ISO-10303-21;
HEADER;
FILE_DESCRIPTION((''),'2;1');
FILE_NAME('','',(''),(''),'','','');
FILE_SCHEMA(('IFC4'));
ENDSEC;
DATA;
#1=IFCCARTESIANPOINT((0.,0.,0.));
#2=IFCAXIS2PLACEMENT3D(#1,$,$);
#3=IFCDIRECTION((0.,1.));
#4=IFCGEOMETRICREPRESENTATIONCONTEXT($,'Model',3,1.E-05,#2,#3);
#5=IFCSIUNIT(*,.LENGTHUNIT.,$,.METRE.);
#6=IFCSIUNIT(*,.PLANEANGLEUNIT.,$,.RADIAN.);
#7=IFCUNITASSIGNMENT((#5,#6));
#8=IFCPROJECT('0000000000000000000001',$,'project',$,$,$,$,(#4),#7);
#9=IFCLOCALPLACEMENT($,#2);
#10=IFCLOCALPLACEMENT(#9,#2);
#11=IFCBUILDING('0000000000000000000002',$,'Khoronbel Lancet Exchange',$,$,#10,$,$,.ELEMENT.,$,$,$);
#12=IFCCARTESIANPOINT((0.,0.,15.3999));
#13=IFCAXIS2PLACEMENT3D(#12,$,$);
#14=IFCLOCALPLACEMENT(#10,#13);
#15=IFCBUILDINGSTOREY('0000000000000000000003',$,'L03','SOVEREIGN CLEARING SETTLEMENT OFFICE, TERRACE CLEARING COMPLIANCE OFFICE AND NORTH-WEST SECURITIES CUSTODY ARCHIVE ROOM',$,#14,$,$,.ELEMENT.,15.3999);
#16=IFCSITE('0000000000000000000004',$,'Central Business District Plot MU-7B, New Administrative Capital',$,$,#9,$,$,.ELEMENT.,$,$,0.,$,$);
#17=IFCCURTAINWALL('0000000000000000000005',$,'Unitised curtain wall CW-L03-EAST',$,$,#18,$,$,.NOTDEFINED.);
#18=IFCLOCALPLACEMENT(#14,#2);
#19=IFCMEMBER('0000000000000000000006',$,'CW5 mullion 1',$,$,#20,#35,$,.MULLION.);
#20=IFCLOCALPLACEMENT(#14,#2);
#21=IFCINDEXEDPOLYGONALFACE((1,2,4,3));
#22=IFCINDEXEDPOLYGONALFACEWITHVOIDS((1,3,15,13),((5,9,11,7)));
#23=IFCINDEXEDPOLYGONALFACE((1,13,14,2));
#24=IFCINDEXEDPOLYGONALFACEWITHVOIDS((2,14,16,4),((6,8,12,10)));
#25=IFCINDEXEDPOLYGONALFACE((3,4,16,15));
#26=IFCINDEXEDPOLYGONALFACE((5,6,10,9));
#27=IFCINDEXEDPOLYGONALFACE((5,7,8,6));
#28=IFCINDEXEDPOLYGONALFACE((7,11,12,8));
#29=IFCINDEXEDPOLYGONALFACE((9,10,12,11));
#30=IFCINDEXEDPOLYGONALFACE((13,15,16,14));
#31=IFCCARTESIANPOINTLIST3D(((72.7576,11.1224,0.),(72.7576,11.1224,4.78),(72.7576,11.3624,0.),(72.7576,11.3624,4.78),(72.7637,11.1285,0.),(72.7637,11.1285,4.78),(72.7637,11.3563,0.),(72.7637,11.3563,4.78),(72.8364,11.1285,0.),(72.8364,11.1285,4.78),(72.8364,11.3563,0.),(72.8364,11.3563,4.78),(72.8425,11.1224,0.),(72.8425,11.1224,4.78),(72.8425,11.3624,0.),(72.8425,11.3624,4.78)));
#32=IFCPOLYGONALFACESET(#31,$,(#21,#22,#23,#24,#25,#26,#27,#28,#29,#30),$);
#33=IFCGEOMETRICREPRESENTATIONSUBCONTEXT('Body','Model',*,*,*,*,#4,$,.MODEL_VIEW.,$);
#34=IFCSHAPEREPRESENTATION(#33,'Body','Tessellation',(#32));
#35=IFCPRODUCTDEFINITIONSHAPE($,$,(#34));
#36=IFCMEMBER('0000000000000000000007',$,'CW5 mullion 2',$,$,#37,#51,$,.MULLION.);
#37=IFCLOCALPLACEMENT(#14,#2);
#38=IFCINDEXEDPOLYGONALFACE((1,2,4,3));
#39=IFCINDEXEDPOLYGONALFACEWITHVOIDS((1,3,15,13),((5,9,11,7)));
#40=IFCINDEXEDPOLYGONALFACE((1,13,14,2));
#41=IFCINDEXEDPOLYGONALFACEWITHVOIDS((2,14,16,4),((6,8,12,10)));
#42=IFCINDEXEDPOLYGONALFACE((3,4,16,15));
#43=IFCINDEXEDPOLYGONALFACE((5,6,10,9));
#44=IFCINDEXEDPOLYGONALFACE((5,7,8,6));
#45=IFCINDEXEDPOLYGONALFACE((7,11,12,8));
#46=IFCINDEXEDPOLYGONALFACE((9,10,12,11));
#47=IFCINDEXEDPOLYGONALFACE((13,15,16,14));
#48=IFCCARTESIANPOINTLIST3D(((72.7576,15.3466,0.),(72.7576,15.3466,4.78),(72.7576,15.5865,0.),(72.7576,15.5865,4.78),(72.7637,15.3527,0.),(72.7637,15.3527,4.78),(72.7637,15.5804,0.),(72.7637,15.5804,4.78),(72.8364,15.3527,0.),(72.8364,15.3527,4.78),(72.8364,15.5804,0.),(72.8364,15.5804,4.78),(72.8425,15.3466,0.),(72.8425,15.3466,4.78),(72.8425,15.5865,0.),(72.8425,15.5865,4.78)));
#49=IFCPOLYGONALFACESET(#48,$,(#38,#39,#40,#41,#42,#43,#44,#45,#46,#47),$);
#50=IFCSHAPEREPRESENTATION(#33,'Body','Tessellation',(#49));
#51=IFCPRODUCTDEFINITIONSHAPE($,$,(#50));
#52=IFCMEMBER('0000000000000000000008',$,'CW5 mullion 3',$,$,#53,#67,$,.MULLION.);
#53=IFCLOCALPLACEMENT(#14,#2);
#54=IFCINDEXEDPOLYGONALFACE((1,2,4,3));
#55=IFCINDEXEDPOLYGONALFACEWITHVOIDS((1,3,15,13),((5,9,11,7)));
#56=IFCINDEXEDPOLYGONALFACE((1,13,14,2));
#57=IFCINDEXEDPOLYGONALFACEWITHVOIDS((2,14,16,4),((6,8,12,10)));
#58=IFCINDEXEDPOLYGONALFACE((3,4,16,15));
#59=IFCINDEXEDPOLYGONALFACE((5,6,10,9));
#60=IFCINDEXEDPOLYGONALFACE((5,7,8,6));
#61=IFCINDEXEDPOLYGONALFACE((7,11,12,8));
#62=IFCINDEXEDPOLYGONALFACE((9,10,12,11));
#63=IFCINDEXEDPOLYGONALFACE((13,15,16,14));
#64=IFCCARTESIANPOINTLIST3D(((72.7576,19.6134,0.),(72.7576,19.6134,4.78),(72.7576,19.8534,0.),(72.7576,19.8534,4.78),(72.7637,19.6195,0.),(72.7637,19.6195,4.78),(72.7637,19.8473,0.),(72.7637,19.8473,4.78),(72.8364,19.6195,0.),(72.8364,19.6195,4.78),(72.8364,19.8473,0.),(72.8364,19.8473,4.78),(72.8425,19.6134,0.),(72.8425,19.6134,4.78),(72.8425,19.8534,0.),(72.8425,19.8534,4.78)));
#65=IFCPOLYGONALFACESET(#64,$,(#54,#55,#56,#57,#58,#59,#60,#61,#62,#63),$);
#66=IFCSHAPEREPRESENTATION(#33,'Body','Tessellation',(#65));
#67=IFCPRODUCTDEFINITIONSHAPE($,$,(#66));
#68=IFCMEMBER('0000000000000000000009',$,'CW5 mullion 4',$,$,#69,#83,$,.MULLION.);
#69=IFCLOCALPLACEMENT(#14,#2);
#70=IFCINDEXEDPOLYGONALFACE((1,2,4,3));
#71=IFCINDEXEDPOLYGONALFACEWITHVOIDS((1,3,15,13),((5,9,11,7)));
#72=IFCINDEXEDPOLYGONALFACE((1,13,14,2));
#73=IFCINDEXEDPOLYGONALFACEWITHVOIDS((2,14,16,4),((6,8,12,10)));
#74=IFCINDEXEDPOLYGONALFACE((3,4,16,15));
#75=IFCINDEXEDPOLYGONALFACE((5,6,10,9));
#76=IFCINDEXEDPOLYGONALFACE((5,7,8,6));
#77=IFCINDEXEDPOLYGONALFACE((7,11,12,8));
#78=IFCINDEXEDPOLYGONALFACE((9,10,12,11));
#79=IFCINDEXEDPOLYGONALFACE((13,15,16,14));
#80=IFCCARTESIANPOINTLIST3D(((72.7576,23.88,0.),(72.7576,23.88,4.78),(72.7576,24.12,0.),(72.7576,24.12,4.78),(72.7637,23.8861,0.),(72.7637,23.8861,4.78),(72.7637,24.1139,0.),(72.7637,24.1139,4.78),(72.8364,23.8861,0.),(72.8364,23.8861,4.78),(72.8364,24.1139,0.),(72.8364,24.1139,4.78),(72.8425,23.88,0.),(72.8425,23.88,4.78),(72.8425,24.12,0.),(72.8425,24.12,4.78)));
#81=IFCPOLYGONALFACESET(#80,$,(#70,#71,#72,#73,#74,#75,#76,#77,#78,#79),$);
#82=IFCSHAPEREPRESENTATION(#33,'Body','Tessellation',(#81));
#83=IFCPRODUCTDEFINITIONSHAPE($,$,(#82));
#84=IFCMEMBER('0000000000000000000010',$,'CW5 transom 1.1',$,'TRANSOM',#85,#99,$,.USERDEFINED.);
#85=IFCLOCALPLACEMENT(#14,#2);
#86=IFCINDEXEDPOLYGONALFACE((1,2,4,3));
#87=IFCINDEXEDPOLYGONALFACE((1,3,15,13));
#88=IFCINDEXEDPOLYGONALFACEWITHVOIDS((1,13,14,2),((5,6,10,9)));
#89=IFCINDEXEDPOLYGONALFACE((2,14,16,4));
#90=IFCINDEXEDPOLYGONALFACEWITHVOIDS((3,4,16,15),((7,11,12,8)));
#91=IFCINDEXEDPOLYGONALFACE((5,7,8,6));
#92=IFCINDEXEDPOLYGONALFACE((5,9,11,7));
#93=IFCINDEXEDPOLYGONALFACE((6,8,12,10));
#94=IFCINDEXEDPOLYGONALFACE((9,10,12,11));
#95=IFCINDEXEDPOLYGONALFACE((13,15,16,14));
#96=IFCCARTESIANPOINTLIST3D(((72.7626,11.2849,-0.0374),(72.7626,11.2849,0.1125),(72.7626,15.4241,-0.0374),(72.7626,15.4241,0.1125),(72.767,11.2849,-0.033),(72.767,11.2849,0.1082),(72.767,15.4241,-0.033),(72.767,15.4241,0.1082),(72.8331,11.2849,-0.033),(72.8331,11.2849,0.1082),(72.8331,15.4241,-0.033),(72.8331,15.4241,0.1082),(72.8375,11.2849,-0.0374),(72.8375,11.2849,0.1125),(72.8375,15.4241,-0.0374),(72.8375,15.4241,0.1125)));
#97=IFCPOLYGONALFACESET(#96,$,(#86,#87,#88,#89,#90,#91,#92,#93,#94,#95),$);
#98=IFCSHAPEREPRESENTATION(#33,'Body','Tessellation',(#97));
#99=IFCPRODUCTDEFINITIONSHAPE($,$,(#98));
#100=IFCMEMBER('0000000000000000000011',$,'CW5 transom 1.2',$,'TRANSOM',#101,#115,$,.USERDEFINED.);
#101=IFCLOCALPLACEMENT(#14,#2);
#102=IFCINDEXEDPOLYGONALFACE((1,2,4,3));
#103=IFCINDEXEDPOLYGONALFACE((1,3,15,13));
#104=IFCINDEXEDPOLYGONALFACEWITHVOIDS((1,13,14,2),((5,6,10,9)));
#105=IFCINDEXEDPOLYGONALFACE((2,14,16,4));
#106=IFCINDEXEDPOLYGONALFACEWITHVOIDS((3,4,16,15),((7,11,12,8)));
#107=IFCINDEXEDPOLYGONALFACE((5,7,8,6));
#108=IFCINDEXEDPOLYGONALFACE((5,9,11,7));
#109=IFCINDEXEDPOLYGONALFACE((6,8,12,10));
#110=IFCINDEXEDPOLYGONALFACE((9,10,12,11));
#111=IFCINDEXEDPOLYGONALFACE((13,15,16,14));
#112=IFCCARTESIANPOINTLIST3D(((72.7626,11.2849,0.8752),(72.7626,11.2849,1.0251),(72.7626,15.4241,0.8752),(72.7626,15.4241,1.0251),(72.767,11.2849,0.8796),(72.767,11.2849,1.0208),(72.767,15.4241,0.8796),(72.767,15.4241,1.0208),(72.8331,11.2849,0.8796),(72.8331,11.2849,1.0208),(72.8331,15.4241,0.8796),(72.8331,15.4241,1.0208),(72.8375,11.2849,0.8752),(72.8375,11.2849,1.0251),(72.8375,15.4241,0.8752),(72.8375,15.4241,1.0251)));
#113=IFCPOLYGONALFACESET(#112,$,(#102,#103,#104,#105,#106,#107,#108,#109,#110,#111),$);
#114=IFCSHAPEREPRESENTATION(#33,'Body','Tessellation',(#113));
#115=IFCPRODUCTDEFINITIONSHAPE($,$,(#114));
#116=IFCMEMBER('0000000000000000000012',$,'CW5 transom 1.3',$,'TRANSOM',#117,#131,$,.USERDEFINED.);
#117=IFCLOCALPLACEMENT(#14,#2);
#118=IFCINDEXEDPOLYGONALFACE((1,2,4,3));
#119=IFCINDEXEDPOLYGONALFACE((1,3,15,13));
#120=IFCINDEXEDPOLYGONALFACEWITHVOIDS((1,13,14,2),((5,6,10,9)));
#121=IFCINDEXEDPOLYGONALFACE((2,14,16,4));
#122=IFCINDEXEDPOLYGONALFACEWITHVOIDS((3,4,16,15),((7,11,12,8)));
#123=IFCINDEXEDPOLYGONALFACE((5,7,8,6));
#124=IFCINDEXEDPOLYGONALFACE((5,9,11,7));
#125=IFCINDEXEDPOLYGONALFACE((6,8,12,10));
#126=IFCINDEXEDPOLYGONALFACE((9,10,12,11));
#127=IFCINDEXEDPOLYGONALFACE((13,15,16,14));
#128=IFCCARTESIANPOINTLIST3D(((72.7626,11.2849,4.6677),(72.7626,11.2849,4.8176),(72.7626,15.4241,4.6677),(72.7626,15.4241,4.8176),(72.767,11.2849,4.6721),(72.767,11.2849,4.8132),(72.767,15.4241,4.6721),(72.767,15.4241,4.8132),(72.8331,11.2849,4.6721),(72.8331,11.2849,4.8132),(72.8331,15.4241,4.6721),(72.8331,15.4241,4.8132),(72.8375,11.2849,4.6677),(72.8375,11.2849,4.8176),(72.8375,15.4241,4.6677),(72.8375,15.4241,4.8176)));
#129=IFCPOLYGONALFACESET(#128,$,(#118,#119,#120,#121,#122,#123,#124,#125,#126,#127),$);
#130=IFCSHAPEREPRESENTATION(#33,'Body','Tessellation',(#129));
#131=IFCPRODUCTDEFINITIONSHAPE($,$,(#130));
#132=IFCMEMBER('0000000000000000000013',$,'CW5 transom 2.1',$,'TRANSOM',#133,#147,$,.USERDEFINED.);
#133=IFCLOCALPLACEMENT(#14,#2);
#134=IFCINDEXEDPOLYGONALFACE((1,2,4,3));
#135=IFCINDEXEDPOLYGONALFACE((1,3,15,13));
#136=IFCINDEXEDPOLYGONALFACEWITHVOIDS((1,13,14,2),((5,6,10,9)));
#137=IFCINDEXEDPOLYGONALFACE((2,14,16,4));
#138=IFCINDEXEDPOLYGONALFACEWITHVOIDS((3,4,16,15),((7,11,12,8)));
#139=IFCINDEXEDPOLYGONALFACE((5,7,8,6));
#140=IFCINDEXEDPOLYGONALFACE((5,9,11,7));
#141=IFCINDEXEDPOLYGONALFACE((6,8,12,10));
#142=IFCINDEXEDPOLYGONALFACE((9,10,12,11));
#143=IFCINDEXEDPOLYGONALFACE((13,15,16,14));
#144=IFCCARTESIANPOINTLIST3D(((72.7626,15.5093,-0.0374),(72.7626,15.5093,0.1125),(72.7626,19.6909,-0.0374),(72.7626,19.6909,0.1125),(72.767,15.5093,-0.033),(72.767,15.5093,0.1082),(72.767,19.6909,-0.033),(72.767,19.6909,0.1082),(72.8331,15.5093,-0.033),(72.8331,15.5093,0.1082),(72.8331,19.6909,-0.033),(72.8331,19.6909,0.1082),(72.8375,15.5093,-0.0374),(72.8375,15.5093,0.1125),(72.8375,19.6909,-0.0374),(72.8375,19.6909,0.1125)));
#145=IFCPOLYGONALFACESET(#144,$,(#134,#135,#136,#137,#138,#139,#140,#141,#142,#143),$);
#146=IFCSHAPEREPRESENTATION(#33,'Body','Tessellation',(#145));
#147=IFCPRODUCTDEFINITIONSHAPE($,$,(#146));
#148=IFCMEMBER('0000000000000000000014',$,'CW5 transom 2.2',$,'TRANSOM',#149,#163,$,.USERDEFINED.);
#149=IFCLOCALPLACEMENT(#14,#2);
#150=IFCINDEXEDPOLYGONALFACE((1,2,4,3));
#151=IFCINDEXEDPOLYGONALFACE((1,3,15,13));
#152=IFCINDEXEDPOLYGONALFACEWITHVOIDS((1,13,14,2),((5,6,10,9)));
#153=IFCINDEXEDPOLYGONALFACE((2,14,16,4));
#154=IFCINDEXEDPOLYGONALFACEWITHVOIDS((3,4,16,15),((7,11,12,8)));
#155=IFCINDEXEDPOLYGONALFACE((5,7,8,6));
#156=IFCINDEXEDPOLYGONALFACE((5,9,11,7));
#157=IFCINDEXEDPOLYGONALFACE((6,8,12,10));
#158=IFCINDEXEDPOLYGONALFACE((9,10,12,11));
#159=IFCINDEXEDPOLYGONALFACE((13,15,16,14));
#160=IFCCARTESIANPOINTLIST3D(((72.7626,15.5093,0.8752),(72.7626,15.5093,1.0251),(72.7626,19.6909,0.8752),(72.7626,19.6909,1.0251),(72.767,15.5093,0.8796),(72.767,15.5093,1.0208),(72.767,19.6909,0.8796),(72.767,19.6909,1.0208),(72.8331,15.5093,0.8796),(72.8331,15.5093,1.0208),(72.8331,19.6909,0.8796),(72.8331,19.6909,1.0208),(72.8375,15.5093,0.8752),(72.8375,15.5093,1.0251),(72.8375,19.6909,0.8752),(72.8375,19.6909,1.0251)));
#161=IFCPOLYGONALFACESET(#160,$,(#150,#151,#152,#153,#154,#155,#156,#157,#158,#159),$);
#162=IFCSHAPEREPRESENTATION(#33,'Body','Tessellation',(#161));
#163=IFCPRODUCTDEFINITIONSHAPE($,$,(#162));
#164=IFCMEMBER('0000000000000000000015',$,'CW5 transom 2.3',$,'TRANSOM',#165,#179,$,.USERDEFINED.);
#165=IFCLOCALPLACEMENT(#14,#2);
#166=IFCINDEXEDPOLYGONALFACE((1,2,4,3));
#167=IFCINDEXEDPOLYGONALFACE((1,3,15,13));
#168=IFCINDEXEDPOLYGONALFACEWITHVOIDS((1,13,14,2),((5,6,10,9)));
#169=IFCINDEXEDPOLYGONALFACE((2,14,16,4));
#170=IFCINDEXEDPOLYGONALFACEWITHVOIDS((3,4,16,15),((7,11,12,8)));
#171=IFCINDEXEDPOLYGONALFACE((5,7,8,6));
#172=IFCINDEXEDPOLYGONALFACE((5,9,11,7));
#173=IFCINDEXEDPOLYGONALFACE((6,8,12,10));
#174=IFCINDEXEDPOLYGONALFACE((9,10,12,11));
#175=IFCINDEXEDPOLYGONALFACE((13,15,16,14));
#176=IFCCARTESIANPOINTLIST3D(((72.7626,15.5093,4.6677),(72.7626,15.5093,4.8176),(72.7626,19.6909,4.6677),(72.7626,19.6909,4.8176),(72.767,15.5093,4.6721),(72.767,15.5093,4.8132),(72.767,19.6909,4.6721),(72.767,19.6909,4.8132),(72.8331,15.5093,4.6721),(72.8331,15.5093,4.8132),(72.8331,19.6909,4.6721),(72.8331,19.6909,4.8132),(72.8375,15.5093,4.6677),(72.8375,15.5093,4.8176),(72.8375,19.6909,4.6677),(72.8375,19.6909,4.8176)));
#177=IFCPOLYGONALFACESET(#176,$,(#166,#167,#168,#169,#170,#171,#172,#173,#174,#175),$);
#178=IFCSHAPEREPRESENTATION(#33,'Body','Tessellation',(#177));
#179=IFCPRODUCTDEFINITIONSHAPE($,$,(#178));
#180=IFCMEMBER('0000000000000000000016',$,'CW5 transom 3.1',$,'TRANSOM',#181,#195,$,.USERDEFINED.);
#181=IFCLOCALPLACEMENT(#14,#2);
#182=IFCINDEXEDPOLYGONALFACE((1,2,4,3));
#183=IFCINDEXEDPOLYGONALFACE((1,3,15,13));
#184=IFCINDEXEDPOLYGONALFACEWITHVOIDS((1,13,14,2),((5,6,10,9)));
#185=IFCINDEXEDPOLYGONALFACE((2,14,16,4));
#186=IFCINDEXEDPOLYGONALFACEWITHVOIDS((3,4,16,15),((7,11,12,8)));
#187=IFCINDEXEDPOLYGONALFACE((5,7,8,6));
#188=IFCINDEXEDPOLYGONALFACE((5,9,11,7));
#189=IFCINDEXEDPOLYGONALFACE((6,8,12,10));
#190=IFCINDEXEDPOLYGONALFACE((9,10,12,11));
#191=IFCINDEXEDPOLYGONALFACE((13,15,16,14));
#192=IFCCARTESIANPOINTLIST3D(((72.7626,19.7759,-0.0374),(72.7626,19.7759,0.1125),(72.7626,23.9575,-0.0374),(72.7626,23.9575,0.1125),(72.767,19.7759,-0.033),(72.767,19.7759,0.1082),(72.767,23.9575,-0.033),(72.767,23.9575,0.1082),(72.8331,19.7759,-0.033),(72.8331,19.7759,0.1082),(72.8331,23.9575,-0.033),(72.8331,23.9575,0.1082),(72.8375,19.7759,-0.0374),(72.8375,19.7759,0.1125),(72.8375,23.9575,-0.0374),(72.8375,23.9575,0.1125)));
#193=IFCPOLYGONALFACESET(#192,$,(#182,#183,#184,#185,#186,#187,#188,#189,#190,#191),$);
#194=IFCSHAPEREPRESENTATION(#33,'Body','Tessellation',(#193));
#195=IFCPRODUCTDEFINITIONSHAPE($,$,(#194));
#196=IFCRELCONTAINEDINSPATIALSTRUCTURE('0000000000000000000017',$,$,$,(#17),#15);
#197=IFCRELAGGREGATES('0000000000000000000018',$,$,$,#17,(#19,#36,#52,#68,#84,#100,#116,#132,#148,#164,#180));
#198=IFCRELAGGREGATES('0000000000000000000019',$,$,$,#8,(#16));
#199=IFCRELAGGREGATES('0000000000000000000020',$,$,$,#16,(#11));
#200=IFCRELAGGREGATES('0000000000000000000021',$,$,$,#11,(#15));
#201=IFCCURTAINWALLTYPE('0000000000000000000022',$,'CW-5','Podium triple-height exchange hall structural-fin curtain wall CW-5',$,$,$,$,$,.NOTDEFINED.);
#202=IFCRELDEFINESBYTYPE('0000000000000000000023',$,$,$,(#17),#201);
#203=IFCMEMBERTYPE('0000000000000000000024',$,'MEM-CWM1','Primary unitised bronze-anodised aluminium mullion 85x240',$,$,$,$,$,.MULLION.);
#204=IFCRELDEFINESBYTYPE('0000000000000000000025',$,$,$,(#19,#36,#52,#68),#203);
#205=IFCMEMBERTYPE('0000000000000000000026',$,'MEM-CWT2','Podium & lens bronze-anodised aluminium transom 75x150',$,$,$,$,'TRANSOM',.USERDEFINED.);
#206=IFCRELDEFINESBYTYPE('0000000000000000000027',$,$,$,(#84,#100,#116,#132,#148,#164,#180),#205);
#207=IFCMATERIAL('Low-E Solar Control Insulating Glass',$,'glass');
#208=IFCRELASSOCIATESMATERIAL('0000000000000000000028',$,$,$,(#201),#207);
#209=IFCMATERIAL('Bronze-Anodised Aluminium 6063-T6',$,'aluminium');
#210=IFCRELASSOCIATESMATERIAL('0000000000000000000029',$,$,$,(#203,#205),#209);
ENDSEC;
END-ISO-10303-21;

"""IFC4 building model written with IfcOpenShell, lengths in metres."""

from ifc_helpers import new_model, si_unit, direction, frame, origin, origin_2d, place, context, subcontext, project, spatial, hollow_rectangle, extrude, material, material_profile, profile_set, type_object, element, aggregate, save


model = new_model("IFC4")

# Units and contexts
model_context = context("Model", 3, precision=1e-05, world=origin(), true_north=direction((0.0, 1.0)))
body_context = subcontext(model_context, "Body", "Model", "MODEL_VIEW")
ifc_project = project(units=[si_unit("LENGTHUNIT", "METRE"), si_unit("PLANEANGLEUNIT", "RADIAN")], contexts=[model_context])

# Site, building, storey
site_placement = place(None, origin())
site = spatial("IfcSite", under=ifc_project, at=site_placement, Name="Central Business District Plot MU-7B, New Administrative Capital", CompositionType="ELEMENT", RefElevation=0.0)
building_placement = place(site_placement, origin())
building = spatial("IfcBuilding", under=site, at=building_placement, Name="Khoronbel Lancet Exchange", CompositionType="ELEMENT")
storey_placement = place(building_placement, frame((0.0, 0.0, 15.3999)))
storey = spatial("IfcBuildingStorey", under=building, at=storey_placement, Name="L03", Description="SOVEREIGN CLEARING SETTLEMENT OFFICE, TERRACE CLEARING COMPLIANCE OFFICE AND NORTH-WEST SECURITIES CUSTODY ARCHIVE ROOM", CompositionType="ELEMENT", Elevation=15.3999)

# Curtain wall, members
ifc_material_1 = material(Name="Low-E Solar Control Insulating Glass", Category="glass")
curtain_wall_type = type_object("IfcCurtainWallType", Name="CW-5", Description="Podium triple-height exchange hall structural-fin curtain wall CW-5", PredefinedType="NOTDEFINED", material=ifc_material_1)
curtain_wall_placement = place(storey_placement, origin())
curtain_wall = element("IfcCurtainWall", 1, at=curtain_wall_placement, inside=storey, type_object=curtain_wall_type, Name="Unitised curtain wall CW-L03-EAST", PredefinedType="NOTDEFINED")
ifc_material_2 = material(Name="Bronze-Anodised Aluminium 6063-T6", Category="aluminium")
ifc_material_profile_1 = material_profile(ifc_material_2, hollow_rectangle(XDim=0.085, YDim=0.24, WallThickness=0.0061, at=origin_2d()), Name="ALU MULLION 85x240")
ifc_profile_set_1 = profile_set([ifc_material_profile_1], Name="Bronze-Anodised Aluminium 6063-T6")
member_type_1 = type_object("IfcMemberType", Name="MEM-CWM1", Description="Primary unitised bronze-anodised aluminium mullion 85x240", PredefinedType="MULLION", material=ifc_profile_set_1)
member_1_placement = place(storey_placement, frame((72.8, 11.2424, 0.0), z_axis=(0.0, 0.0, 1.0), x_axis=(-1.0, 0.0, 0.0)))
member_1 = element("IfcMember", 2, at=member_1_placement, type_object=member_type_1, Name="CW5 mullion 1", PredefinedType="MULLION", context=body_context, shape_type="SweptSolid", body=[
    extrude(hollow_rectangle(XDim=0.085, YDim=0.24, WallThickness=0.0061, at=origin_2d()), origin(), (0.0, 0.0, 1.0), 4.78),
])
member_2_placement = place(storey_placement, frame((72.8, 15.4666, 0.0), z_axis=(0.0, 0.0, 1.0), x_axis=(-1.0, 0.0, 0.0)))
member_2 = element("IfcMember", 3, at=member_2_placement, type_object=member_type_1, Name="CW5 mullion 2", PredefinedType="MULLION", context=body_context, shape_type="SweptSolid", body=[
    extrude(hollow_rectangle(XDim=0.085, YDim=0.24, WallThickness=0.0061, at=origin_2d()), origin(), (0.0, 0.0, 1.0), 4.78),
])
member_3_placement = place(storey_placement, frame((72.8, 19.7334, 0.0), z_axis=(0.0, 0.0, 1.0), x_axis=(-1.0, 0.0, 0.0)))
member_3 = element("IfcMember", 4, at=member_3_placement, type_object=member_type_1, Name="CW5 mullion 3", PredefinedType="MULLION", context=body_context, shape_type="SweptSolid", body=[
    extrude(hollow_rectangle(XDim=0.085, YDim=0.24, WallThickness=0.0061, at=origin_2d()), origin(), (0.0, 0.0, 1.0), 4.78),
])
member_4_placement = place(storey_placement, frame((72.8, 24.0, 0.0), z_axis=(0.0, 0.0, 1.0), x_axis=(-1.0, 0.0, 0.0)))
member_4 = element("IfcMember", 5, at=member_4_placement, type_object=member_type_1, Name="CW5 mullion 4", PredefinedType="MULLION", context=body_context, shape_type="SweptSolid", body=[
    extrude(hollow_rectangle(XDim=0.085, YDim=0.24, WallThickness=0.0061, at=origin_2d()), origin(), (0.0, 0.0, 1.0), 4.78),
])
ifc_material_profile_2 = material_profile(ifc_material_2, hollow_rectangle(XDim=0.075, YDim=0.1499, WallThickness=0.0044, at=origin_2d()), Name="ALU TRANSOM 75x150")
ifc_profile_set_2 = profile_set([ifc_material_profile_2], Name="Bronze-Anodised Aluminium 6063-T6")
member_type_2 = type_object("IfcMemberType", Name="MEM-CWT2", Description="Podium & lens bronze-anodised aluminium transom 75x150", ElementType="TRANSOM", PredefinedType="USERDEFINED", material=ifc_profile_set_2)
member_5_placement = place(storey_placement, frame((72.8, 11.2849, 0.0376), z_axis=(0.0, 1.0, 0.0), x_axis=(-1.0, 0.0, 0.0)))
member_5 = element("IfcMember", 6, at=member_5_placement, type_object=member_type_2, Name="CW5 transom 1.1", ObjectType="TRANSOM", PredefinedType="USERDEFINED", context=body_context, shape_type="SweptSolid", body=[
    extrude(hollow_rectangle(XDim=0.075, YDim=0.1499, WallThickness=0.0044, at=origin_2d()), origin(), (0.0, 0.0, 1.0), 4.1392),
])
member_6_placement = place(storey_placement, frame((72.8, 11.2849, 0.9502), z_axis=(0.0, 1.0, 0.0), x_axis=(-1.0, 0.0, 0.0)))
member_6 = element("IfcMember", 7, at=member_6_placement, type_object=member_type_2, Name="CW5 transom 1.2", ObjectType="TRANSOM", PredefinedType="USERDEFINED", context=body_context, shape_type="SweptSolid", body=[
    extrude(hollow_rectangle(XDim=0.075, YDim=0.1499, WallThickness=0.0044, at=origin_2d()), origin(), (0.0, 0.0, 1.0), 4.1392),
])
member_7_placement = place(storey_placement, frame((72.8, 11.2849, 4.7427), z_axis=(0.0, 1.0, 0.0), x_axis=(-1.0, 0.0, 0.0)))
member_7 = element("IfcMember", 8, at=member_7_placement, type_object=member_type_2, Name="CW5 transom 1.3", ObjectType="TRANSOM", PredefinedType="USERDEFINED", context=body_context, shape_type="SweptSolid", body=[
    extrude(hollow_rectangle(XDim=0.075, YDim=0.1499, WallThickness=0.0044, at=origin_2d()), origin(), (0.0, 0.0, 1.0), 4.1392),
])
member_8_placement = place(storey_placement, frame((72.8, 15.5093, 0.0376), z_axis=(0.0, 1.0, 0.0), x_axis=(-1.0, 0.0, 0.0)))
member_8 = element("IfcMember", 9, at=member_8_placement, type_object=member_type_2, Name="CW5 transom 2.1", ObjectType="TRANSOM", PredefinedType="USERDEFINED", context=body_context, shape_type="SweptSolid", body=[
    extrude(hollow_rectangle(XDim=0.075, YDim=0.1499, WallThickness=0.0044, at=origin_2d()), origin(), (0.0, 0.0, 1.0), 4.1816),
])
member_9_placement = place(storey_placement, frame((72.8, 15.5093, 0.9502), z_axis=(0.0, 1.0, 0.0), x_axis=(-1.0, 0.0, 0.0)))
member_9 = element("IfcMember", 10, at=member_9_placement, type_object=member_type_2, Name="CW5 transom 2.2", ObjectType="TRANSOM", PredefinedType="USERDEFINED", context=body_context, shape_type="SweptSolid", body=[
    extrude(hollow_rectangle(XDim=0.075, YDim=0.1499, WallThickness=0.0044, at=origin_2d()), origin(), (0.0, 0.0, 1.0), 4.1816),
])
member_10_placement = place(storey_placement, frame((72.8, 15.5093, 4.7427), z_axis=(0.0, 1.0, 0.0), x_axis=(-1.0, 0.0, 0.0)))
member_10 = element("IfcMember", 11, at=member_10_placement, type_object=member_type_2, Name="CW5 transom 2.3", ObjectType="TRANSOM", PredefinedType="USERDEFINED", context=body_context, shape_type="SweptSolid", body=[
    extrude(hollow_rectangle(XDim=0.075, YDim=0.1499, WallThickness=0.0044, at=origin_2d()), origin(), (0.0, 0.0, 1.0), 4.1816),
])
member_11_placement = place(storey_placement, frame((72.8, 19.7759, 0.0376), z_axis=(0.0, 1.0, 0.0), x_axis=(-1.0, 0.0, 0.0)))
member_11 = element("IfcMember", 12, at=member_11_placement, type_object=member_type_2, Name="CW5 transom 3.1", ObjectType="TRANSOM", PredefinedType="USERDEFINED", context=body_context, shape_type="SweptSolid", body=[
    extrude(hollow_rectangle(XDim=0.075, YDim=0.1499, WallThickness=0.0044, at=origin_2d()), origin(), (0.0, 0.0, 1.0), 4.1816),
])
aggregate(curtain_wall, [member_1, member_2, member_3, member_4, member_5, member_6, member_7, member_8, member_9, member_10, member_11])

save(model, "model.ifc")
